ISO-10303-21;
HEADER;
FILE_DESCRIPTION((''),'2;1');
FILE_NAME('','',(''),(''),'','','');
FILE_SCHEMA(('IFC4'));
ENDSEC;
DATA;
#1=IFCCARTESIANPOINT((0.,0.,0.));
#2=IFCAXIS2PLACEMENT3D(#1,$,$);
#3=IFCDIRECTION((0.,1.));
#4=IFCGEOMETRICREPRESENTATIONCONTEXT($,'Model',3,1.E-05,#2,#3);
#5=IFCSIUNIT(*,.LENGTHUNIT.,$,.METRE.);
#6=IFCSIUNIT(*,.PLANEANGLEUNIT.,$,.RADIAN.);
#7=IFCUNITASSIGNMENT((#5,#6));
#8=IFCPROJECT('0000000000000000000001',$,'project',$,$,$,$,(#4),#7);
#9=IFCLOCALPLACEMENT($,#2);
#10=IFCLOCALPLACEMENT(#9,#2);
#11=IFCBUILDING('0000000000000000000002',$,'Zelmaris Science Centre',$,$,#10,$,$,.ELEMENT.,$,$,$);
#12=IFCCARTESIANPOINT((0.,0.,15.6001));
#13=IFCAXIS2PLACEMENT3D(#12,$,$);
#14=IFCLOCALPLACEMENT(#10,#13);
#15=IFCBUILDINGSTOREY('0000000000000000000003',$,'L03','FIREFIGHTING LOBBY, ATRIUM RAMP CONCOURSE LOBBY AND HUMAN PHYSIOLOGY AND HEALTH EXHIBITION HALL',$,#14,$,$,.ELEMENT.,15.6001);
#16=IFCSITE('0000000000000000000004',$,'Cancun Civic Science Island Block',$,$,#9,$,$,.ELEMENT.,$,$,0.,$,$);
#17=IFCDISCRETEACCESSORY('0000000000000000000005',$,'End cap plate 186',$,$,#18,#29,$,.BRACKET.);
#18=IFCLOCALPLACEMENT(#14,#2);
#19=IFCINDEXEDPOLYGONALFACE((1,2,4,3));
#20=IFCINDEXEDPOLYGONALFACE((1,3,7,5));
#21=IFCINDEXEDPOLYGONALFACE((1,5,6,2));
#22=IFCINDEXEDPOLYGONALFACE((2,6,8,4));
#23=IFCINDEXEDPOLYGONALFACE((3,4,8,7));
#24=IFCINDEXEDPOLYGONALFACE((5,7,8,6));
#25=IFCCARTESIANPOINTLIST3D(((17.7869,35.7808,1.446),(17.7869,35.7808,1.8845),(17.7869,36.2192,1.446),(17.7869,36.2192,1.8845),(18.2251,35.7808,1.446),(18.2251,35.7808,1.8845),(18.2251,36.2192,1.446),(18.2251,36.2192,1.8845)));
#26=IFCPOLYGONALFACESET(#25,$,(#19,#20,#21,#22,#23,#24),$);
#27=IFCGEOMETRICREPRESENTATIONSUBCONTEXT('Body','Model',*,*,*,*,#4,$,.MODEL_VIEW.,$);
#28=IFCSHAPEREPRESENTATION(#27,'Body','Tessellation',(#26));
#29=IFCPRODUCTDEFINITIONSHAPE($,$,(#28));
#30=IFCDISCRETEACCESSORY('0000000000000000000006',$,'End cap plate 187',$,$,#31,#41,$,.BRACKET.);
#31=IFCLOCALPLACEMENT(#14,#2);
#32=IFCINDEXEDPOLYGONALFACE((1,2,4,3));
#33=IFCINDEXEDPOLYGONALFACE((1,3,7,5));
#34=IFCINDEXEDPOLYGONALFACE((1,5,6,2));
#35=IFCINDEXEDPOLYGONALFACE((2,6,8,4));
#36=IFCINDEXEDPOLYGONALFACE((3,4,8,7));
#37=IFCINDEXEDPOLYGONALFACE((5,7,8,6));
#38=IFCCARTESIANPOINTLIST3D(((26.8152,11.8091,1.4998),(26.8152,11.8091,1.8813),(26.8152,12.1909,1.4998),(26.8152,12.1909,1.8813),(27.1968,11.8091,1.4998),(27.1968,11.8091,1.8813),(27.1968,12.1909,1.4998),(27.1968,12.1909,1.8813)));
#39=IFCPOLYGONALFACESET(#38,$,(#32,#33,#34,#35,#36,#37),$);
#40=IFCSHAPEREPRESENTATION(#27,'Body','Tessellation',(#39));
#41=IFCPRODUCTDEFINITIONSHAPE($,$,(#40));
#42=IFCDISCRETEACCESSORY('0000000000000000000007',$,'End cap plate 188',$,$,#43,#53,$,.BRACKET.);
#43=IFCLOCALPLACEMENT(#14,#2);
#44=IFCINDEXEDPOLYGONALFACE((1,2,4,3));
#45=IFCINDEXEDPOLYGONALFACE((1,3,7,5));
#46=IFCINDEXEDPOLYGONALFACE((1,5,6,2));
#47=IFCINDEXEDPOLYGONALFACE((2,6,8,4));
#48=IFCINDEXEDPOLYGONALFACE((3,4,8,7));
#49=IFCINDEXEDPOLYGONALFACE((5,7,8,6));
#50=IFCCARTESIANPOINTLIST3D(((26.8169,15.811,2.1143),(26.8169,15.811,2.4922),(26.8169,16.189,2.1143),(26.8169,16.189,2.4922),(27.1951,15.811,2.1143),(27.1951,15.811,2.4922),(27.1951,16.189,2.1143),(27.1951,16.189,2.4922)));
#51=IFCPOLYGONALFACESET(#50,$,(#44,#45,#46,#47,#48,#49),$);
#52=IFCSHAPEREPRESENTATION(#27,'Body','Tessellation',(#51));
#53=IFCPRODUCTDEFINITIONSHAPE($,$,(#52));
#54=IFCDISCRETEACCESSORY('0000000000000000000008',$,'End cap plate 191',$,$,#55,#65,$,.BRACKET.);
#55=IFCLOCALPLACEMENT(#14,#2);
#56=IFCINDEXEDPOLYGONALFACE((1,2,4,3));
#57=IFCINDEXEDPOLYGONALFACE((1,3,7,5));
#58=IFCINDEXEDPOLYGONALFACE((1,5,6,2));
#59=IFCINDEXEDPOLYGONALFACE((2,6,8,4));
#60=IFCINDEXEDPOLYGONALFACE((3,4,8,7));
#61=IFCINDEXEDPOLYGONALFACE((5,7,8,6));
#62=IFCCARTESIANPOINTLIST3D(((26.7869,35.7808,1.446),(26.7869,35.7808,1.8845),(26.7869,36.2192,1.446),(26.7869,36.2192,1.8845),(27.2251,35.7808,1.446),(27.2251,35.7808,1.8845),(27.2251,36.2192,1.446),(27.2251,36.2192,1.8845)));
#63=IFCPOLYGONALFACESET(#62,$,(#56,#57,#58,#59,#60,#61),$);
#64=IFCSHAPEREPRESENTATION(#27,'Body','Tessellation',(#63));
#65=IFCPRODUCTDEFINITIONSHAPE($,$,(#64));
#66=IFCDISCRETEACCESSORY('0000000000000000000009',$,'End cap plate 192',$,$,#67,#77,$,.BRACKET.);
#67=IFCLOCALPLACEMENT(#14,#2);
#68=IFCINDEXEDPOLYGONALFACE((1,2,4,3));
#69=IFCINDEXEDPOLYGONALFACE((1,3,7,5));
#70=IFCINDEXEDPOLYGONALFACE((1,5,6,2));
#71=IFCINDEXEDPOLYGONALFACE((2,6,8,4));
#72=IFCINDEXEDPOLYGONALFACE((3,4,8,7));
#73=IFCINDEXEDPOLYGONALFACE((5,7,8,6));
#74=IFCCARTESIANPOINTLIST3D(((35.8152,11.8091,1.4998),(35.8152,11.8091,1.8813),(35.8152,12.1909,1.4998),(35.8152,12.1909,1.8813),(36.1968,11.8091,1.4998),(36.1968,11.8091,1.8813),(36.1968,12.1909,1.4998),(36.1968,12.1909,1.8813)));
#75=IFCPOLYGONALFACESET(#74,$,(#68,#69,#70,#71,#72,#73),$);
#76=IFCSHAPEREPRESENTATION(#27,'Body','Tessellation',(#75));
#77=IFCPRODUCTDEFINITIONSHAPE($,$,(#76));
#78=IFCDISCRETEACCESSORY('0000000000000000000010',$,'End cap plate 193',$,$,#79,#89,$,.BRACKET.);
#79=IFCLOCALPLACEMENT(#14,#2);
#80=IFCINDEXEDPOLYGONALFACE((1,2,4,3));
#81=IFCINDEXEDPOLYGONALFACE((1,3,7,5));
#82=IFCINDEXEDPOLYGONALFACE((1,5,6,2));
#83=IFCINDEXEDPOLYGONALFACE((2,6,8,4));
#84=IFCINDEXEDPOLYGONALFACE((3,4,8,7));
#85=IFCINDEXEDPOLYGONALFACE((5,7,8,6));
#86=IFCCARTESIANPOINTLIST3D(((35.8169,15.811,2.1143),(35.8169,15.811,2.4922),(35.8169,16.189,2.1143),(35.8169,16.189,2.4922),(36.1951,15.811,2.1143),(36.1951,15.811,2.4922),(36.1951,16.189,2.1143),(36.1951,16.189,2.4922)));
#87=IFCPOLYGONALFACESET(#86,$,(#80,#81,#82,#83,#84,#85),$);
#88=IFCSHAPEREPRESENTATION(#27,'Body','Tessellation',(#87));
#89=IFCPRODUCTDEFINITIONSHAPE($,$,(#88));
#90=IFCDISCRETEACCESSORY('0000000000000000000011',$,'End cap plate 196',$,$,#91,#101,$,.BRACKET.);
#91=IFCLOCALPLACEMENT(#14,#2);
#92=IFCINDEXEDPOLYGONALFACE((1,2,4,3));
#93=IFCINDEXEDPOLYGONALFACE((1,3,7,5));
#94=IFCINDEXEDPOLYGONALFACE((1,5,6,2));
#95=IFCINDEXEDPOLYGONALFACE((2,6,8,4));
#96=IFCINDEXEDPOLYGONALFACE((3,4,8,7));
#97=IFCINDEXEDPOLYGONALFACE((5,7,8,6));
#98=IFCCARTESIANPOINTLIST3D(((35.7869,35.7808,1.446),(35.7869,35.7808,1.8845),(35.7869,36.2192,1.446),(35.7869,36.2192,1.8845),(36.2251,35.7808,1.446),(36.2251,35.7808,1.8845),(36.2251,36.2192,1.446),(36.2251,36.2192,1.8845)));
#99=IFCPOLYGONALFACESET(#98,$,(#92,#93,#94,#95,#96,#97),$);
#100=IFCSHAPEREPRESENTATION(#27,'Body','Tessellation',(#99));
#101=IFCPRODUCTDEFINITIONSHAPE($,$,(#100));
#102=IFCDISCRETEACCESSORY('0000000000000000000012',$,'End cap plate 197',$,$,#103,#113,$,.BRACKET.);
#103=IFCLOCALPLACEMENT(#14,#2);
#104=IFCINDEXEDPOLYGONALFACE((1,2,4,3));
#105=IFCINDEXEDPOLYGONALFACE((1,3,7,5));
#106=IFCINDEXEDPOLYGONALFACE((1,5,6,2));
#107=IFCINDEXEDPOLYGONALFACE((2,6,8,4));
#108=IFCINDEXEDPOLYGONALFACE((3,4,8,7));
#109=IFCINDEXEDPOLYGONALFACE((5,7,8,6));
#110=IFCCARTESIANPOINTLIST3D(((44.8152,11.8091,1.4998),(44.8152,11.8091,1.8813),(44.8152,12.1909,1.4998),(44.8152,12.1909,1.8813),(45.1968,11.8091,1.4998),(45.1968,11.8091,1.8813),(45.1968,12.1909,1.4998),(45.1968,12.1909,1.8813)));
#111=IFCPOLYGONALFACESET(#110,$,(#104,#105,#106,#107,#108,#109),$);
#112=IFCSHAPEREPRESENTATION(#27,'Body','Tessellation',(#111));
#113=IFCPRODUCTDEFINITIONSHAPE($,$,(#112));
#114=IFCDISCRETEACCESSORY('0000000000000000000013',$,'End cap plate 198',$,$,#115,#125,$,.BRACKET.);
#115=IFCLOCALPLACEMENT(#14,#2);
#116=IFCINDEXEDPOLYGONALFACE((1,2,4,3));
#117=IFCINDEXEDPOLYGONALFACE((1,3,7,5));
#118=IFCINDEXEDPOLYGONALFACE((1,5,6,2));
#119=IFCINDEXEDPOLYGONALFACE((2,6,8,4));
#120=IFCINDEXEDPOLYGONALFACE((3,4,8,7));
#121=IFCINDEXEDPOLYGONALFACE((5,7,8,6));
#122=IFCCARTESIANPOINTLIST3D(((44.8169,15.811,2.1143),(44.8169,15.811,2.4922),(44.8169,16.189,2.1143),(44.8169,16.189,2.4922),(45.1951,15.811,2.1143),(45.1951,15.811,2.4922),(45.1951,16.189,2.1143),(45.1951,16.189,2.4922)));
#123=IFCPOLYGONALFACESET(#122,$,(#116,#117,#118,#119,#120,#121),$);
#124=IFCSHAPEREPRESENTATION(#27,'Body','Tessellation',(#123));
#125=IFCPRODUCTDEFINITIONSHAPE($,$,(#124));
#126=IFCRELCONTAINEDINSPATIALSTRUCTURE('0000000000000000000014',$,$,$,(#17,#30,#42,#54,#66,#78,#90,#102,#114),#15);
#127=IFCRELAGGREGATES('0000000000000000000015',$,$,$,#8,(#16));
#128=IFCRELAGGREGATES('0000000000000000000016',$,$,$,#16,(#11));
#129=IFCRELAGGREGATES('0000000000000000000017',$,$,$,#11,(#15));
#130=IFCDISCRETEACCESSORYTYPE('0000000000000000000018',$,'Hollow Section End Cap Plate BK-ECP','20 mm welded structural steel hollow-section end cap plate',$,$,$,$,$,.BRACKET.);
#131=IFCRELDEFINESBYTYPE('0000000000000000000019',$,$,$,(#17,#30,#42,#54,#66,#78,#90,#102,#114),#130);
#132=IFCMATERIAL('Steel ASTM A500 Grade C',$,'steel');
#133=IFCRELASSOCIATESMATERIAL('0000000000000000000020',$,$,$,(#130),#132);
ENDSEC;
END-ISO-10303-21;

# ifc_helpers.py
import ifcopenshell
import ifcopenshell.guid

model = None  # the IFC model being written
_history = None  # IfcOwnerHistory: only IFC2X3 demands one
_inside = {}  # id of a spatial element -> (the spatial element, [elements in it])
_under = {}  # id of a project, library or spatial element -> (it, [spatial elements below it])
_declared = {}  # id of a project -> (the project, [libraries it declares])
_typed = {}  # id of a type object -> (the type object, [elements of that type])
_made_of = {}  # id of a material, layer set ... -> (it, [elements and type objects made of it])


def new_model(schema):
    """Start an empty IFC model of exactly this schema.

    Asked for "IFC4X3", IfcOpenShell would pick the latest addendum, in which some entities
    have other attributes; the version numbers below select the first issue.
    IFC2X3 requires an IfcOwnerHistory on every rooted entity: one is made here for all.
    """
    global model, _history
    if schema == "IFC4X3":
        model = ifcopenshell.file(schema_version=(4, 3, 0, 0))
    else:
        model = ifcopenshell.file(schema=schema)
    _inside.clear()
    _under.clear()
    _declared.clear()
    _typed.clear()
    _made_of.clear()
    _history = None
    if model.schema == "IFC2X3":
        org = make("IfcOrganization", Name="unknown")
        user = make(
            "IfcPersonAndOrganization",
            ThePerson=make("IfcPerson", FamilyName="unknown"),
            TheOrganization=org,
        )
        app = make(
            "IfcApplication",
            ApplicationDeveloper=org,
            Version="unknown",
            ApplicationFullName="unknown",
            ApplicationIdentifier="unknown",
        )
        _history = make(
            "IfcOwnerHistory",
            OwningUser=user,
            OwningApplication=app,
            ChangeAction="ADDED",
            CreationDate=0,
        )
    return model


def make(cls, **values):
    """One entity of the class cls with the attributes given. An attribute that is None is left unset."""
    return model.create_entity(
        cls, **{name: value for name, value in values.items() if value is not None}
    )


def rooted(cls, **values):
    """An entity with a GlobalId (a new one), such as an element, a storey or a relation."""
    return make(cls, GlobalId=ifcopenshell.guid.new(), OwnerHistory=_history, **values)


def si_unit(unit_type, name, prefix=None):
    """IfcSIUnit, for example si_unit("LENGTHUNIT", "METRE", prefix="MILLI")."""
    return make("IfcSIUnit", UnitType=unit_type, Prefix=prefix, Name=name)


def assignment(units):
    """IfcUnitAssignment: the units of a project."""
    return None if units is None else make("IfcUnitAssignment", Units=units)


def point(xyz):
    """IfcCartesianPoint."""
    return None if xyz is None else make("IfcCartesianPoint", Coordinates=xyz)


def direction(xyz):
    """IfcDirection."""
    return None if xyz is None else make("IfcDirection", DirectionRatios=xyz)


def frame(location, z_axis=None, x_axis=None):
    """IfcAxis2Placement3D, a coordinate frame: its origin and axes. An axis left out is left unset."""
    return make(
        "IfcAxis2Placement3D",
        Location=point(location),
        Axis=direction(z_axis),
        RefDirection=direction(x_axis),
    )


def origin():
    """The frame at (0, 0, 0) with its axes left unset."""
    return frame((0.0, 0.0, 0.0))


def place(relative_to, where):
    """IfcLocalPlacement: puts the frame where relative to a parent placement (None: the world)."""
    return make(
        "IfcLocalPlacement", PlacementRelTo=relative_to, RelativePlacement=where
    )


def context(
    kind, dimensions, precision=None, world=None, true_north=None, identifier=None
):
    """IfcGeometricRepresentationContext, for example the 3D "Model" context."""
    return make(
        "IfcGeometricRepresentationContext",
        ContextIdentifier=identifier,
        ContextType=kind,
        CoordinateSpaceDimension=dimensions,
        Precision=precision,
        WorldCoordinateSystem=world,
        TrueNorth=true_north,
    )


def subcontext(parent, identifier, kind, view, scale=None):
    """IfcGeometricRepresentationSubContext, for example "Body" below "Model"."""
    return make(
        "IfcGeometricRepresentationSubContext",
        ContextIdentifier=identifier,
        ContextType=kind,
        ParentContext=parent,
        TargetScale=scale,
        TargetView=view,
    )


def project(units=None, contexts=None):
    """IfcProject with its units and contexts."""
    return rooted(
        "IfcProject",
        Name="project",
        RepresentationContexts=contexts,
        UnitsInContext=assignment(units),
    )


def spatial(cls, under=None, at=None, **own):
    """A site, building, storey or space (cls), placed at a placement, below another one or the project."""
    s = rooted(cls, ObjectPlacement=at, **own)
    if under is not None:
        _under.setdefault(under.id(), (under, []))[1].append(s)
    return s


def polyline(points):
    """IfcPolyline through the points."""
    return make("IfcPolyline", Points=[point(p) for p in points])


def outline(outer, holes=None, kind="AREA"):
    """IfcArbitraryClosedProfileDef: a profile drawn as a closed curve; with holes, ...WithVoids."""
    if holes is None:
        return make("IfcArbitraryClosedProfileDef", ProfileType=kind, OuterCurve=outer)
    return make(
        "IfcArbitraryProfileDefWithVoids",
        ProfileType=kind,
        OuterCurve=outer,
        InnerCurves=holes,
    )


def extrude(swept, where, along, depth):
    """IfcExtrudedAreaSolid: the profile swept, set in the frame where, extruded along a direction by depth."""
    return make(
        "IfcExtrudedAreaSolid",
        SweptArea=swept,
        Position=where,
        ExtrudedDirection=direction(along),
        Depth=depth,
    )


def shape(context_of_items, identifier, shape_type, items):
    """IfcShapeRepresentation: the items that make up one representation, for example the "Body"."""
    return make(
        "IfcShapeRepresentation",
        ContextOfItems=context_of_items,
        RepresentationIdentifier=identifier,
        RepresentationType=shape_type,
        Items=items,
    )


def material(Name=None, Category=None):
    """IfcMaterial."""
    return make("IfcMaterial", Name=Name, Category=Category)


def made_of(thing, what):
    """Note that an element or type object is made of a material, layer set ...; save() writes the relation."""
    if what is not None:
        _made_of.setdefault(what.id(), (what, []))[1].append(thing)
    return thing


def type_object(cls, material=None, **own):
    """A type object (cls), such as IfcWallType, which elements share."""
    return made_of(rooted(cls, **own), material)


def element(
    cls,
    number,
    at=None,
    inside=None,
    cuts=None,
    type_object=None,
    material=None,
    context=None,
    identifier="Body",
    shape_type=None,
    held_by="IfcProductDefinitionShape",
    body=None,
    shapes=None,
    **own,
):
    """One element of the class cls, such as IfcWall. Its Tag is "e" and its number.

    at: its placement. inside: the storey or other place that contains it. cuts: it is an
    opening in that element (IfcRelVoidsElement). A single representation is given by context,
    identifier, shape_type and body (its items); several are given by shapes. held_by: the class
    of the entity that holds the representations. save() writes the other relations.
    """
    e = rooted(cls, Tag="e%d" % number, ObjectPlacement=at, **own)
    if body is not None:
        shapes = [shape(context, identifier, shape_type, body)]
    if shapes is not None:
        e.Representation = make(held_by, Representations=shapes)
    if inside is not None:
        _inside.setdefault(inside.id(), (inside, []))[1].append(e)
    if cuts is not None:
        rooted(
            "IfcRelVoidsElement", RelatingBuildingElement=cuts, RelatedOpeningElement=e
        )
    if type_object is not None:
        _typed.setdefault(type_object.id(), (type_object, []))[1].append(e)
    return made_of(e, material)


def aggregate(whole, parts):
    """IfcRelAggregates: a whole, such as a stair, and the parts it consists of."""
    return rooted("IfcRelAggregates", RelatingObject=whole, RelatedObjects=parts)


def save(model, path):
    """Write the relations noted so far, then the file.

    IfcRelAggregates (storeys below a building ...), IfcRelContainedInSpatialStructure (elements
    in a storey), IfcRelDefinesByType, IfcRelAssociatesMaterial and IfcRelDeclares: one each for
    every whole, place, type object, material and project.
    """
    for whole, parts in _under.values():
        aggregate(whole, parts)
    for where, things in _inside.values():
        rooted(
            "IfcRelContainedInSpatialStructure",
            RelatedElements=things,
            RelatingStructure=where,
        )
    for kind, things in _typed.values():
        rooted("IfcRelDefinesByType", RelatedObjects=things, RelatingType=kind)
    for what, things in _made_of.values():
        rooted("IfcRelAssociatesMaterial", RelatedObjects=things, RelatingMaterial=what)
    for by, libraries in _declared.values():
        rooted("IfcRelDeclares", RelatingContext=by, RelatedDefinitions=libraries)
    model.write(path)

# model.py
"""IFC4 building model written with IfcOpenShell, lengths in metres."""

from ifc_helpers import new_model, si_unit, direction, frame, origin, place, context, subcontext, project, spatial, polyline, outline, extrude, material, type_object, element, save


model = new_model("IFC4")

# Units and contexts
model_context = context("Model", 3, precision=1e-05, world=origin(), true_north=direction((0.0, 1.0)))
body_context = subcontext(model_context, "Body", "Model", "MODEL_VIEW")
ifc_project = project(units=[si_unit("LENGTHUNIT", "METRE"), si_unit("PLANEANGLEUNIT", "RADIAN")], contexts=[model_context])

# Site, building, storey
site_placement = place(None, origin())
site = spatial("IfcSite", under=ifc_project, at=site_placement, Name="Cancun Civic Science Island Block", CompositionType="ELEMENT", RefElevation=0.0)
building_placement = place(site_placement, origin())
building = spatial("IfcBuilding", under=site, at=building_placement, Name="Zelmaris Science Centre", CompositionType="ELEMENT")
storey_placement = place(building_placement, frame((0.0, 0.0, 15.6001)))
storey = spatial("IfcBuildingStorey", under=building, at=storey_placement, Name="L03", Description="FIREFIGHTING LOBBY, ATRIUM RAMP CONCOURSE LOBBY AND HUMAN PHYSIOLOGY AND HEALTH EXHIBITION HALL", CompositionType="ELEMENT", Elevation=15.6001)

# Discrete accessories
ifc_material = material(Name="Steel ASTM A500 Grade C", Category="steel")
discrete_accessory_type = type_object("IfcDiscreteAccessoryType", Name="Hollow Section End Cap Plate BK-ECP", Description="20 mm welded structural steel hollow-section end cap plate", PredefinedType="BRACKET", material=ifc_material)
discrete_accessory_1_placement = place(storey_placement, frame((0.0, 0.0, 1.446)))
element("IfcDiscreteAccessory", 1, at=discrete_accessory_1_placement, inside=storey, type_object=discrete_accessory_type, Name="End cap plate 186", PredefinedType="BRACKET", context=body_context, shape_type="SweptSolid", body=[
    extrude(outline(polyline([(17.7869, 35.7808), (18.2251, 35.7808), (18.2251, 36.2192), (17.7869, 36.2192), (17.7869, 35.7808)])), origin(), (0.0, 0.0, 1.0), 0.4385),
])
discrete_accessory_2_placement = place(storey_placement, frame((0.0, 0.0, 1.4998)))
element("IfcDiscreteAccessory", 2, at=discrete_accessory_2_placement, inside=storey, type_object=discrete_accessory_type, Name="End cap plate 187", PredefinedType="BRACKET", context=body_context, shape_type="SweptSolid", body=[
    extrude(outline(polyline([(26.8152, 11.8091), (27.1968, 11.8091), (27.1968, 12.1909), (26.8152, 12.1909), (26.8152, 11.8091)])), origin(), (0.0, 0.0, 1.0), 0.3816),
])
discrete_accessory_3_placement = place(storey_placement, frame((0.0, 0.0, 2.1143)))
element("IfcDiscreteAccessory", 3, at=discrete_accessory_3_placement, inside=storey, type_object=discrete_accessory_type, Name="End cap plate 188", PredefinedType="BRACKET", context=body_context, shape_type="SweptSolid", body=[
    extrude(outline(polyline([(26.8169, 15.811), (27.1951, 15.811), (27.1951, 16.189), (26.8169, 16.189), (26.8169, 15.811)])), origin(), (0.0, 0.0, 1.0), 0.3779),
])
discrete_accessory_4_placement = place(storey_placement, frame((0.0, 0.0, 1.446)))
element("IfcDiscreteAccessory", 4, at=discrete_accessory_4_placement, inside=storey, type_object=discrete_accessory_type, Name="End cap plate 191", PredefinedType="BRACKET", context=body_context, shape_type="SweptSolid", body=[
    extrude(outline(polyline([(26.7869, 35.7808), (27.2251, 35.7808), (27.2251, 36.2192), (26.7869, 36.2192), (26.7869, 35.7808)])), origin(), (0.0, 0.0, 1.0), 0.4385),
])
discrete_accessory_5_placement = place(storey_placement, frame((0.0, 0.0, 1.4998)))
element("IfcDiscreteAccessory", 5, at=discrete_accessory_5_placement, inside=storey, type_object=discrete_accessory_type, Name="End cap plate 192", PredefinedType="BRACKET", context=body_context, shape_type="SweptSolid", body=[
    extrude(outline(polyline([(35.8152, 11.8091), (36.1968, 11.8091), (36.1968, 12.1909), (35.8152, 12.1909), (35.8152, 11.8091)])), origin(), (0.0, 0.0, 1.0), 0.3816),
])
discrete_accessory_6_placement = place(storey_placement, frame((0.0, 0.0, 2.1143)))
element("IfcDiscreteAccessory", 6, at=discrete_accessory_6_placement, inside=storey, type_object=discrete_accessory_type, Name="End cap plate 193", PredefinedType="BRACKET", context=body_context, shape_type="SweptSolid", body=[
    extrude(outline(polyline([(35.8169, 15.811), (36.1951, 15.811), (36.1951, 16.189), (35.8169, 16.189), (35.8169, 15.811)])), origin(), (0.0, 0.0, 1.0), 0.3779),
])
discrete_accessory_7_placement = place(storey_placement, frame((0.0, 0.0, 1.446)))
element("IfcDiscreteAccessory", 7, at=discrete_accessory_7_placement, inside=storey, type_object=discrete_accessory_type, Name="End cap plate 196", PredefinedType="BRACKET", context=body_context, shape_type="SweptSolid", body=[
    extrude(outline(polyline([(35.7869, 35.7808), (36.2251, 35.7808), (36.2251, 36.2192), (35.7869, 36.2192), (35.7869, 35.7808)])), origin(), (0.0, 0.0, 1.0), 0.4385),
])
discrete_accessory_8_placement = place(storey_placement, frame((0.0, 0.0, 1.4998)))
element("IfcDiscreteAccessory", 8, at=discrete_accessory_8_placement, inside=storey, type_object=discrete_accessory_type, Name="End cap plate 197", PredefinedType="BRACKET", context=body_context, shape_type="SweptSolid", body=[
    extrude(outline(polyline([(44.8152, 11.8091), (45.1968, 11.8091), (45.1968, 12.1909), (44.8152, 12.1909), (44.8152, 11.8091)])), origin(), (0.0, 0.0, 1.0), 0.3816),
])
discrete_accessory_9_placement = place(storey_placement, frame((0.0, 0.0, 2.1143)))
element("IfcDiscreteAccessory", 9, at=discrete_accessory_9_placement, inside=storey, type_object=discrete_accessory_type, Name="End cap plate 198", PredefinedType="BRACKET", context=body_context, shape_type="SweptSolid", body=[
    extrude(outline(polyline([(44.8169, 15.811), (45.1951, 15.811), (45.1951, 16.189), (44.8169, 16.189), (44.8169, 15.811)])), origin(), (0.0, 0.0, 1.0), 0.3779),
])

save(model, "model.ifc")
